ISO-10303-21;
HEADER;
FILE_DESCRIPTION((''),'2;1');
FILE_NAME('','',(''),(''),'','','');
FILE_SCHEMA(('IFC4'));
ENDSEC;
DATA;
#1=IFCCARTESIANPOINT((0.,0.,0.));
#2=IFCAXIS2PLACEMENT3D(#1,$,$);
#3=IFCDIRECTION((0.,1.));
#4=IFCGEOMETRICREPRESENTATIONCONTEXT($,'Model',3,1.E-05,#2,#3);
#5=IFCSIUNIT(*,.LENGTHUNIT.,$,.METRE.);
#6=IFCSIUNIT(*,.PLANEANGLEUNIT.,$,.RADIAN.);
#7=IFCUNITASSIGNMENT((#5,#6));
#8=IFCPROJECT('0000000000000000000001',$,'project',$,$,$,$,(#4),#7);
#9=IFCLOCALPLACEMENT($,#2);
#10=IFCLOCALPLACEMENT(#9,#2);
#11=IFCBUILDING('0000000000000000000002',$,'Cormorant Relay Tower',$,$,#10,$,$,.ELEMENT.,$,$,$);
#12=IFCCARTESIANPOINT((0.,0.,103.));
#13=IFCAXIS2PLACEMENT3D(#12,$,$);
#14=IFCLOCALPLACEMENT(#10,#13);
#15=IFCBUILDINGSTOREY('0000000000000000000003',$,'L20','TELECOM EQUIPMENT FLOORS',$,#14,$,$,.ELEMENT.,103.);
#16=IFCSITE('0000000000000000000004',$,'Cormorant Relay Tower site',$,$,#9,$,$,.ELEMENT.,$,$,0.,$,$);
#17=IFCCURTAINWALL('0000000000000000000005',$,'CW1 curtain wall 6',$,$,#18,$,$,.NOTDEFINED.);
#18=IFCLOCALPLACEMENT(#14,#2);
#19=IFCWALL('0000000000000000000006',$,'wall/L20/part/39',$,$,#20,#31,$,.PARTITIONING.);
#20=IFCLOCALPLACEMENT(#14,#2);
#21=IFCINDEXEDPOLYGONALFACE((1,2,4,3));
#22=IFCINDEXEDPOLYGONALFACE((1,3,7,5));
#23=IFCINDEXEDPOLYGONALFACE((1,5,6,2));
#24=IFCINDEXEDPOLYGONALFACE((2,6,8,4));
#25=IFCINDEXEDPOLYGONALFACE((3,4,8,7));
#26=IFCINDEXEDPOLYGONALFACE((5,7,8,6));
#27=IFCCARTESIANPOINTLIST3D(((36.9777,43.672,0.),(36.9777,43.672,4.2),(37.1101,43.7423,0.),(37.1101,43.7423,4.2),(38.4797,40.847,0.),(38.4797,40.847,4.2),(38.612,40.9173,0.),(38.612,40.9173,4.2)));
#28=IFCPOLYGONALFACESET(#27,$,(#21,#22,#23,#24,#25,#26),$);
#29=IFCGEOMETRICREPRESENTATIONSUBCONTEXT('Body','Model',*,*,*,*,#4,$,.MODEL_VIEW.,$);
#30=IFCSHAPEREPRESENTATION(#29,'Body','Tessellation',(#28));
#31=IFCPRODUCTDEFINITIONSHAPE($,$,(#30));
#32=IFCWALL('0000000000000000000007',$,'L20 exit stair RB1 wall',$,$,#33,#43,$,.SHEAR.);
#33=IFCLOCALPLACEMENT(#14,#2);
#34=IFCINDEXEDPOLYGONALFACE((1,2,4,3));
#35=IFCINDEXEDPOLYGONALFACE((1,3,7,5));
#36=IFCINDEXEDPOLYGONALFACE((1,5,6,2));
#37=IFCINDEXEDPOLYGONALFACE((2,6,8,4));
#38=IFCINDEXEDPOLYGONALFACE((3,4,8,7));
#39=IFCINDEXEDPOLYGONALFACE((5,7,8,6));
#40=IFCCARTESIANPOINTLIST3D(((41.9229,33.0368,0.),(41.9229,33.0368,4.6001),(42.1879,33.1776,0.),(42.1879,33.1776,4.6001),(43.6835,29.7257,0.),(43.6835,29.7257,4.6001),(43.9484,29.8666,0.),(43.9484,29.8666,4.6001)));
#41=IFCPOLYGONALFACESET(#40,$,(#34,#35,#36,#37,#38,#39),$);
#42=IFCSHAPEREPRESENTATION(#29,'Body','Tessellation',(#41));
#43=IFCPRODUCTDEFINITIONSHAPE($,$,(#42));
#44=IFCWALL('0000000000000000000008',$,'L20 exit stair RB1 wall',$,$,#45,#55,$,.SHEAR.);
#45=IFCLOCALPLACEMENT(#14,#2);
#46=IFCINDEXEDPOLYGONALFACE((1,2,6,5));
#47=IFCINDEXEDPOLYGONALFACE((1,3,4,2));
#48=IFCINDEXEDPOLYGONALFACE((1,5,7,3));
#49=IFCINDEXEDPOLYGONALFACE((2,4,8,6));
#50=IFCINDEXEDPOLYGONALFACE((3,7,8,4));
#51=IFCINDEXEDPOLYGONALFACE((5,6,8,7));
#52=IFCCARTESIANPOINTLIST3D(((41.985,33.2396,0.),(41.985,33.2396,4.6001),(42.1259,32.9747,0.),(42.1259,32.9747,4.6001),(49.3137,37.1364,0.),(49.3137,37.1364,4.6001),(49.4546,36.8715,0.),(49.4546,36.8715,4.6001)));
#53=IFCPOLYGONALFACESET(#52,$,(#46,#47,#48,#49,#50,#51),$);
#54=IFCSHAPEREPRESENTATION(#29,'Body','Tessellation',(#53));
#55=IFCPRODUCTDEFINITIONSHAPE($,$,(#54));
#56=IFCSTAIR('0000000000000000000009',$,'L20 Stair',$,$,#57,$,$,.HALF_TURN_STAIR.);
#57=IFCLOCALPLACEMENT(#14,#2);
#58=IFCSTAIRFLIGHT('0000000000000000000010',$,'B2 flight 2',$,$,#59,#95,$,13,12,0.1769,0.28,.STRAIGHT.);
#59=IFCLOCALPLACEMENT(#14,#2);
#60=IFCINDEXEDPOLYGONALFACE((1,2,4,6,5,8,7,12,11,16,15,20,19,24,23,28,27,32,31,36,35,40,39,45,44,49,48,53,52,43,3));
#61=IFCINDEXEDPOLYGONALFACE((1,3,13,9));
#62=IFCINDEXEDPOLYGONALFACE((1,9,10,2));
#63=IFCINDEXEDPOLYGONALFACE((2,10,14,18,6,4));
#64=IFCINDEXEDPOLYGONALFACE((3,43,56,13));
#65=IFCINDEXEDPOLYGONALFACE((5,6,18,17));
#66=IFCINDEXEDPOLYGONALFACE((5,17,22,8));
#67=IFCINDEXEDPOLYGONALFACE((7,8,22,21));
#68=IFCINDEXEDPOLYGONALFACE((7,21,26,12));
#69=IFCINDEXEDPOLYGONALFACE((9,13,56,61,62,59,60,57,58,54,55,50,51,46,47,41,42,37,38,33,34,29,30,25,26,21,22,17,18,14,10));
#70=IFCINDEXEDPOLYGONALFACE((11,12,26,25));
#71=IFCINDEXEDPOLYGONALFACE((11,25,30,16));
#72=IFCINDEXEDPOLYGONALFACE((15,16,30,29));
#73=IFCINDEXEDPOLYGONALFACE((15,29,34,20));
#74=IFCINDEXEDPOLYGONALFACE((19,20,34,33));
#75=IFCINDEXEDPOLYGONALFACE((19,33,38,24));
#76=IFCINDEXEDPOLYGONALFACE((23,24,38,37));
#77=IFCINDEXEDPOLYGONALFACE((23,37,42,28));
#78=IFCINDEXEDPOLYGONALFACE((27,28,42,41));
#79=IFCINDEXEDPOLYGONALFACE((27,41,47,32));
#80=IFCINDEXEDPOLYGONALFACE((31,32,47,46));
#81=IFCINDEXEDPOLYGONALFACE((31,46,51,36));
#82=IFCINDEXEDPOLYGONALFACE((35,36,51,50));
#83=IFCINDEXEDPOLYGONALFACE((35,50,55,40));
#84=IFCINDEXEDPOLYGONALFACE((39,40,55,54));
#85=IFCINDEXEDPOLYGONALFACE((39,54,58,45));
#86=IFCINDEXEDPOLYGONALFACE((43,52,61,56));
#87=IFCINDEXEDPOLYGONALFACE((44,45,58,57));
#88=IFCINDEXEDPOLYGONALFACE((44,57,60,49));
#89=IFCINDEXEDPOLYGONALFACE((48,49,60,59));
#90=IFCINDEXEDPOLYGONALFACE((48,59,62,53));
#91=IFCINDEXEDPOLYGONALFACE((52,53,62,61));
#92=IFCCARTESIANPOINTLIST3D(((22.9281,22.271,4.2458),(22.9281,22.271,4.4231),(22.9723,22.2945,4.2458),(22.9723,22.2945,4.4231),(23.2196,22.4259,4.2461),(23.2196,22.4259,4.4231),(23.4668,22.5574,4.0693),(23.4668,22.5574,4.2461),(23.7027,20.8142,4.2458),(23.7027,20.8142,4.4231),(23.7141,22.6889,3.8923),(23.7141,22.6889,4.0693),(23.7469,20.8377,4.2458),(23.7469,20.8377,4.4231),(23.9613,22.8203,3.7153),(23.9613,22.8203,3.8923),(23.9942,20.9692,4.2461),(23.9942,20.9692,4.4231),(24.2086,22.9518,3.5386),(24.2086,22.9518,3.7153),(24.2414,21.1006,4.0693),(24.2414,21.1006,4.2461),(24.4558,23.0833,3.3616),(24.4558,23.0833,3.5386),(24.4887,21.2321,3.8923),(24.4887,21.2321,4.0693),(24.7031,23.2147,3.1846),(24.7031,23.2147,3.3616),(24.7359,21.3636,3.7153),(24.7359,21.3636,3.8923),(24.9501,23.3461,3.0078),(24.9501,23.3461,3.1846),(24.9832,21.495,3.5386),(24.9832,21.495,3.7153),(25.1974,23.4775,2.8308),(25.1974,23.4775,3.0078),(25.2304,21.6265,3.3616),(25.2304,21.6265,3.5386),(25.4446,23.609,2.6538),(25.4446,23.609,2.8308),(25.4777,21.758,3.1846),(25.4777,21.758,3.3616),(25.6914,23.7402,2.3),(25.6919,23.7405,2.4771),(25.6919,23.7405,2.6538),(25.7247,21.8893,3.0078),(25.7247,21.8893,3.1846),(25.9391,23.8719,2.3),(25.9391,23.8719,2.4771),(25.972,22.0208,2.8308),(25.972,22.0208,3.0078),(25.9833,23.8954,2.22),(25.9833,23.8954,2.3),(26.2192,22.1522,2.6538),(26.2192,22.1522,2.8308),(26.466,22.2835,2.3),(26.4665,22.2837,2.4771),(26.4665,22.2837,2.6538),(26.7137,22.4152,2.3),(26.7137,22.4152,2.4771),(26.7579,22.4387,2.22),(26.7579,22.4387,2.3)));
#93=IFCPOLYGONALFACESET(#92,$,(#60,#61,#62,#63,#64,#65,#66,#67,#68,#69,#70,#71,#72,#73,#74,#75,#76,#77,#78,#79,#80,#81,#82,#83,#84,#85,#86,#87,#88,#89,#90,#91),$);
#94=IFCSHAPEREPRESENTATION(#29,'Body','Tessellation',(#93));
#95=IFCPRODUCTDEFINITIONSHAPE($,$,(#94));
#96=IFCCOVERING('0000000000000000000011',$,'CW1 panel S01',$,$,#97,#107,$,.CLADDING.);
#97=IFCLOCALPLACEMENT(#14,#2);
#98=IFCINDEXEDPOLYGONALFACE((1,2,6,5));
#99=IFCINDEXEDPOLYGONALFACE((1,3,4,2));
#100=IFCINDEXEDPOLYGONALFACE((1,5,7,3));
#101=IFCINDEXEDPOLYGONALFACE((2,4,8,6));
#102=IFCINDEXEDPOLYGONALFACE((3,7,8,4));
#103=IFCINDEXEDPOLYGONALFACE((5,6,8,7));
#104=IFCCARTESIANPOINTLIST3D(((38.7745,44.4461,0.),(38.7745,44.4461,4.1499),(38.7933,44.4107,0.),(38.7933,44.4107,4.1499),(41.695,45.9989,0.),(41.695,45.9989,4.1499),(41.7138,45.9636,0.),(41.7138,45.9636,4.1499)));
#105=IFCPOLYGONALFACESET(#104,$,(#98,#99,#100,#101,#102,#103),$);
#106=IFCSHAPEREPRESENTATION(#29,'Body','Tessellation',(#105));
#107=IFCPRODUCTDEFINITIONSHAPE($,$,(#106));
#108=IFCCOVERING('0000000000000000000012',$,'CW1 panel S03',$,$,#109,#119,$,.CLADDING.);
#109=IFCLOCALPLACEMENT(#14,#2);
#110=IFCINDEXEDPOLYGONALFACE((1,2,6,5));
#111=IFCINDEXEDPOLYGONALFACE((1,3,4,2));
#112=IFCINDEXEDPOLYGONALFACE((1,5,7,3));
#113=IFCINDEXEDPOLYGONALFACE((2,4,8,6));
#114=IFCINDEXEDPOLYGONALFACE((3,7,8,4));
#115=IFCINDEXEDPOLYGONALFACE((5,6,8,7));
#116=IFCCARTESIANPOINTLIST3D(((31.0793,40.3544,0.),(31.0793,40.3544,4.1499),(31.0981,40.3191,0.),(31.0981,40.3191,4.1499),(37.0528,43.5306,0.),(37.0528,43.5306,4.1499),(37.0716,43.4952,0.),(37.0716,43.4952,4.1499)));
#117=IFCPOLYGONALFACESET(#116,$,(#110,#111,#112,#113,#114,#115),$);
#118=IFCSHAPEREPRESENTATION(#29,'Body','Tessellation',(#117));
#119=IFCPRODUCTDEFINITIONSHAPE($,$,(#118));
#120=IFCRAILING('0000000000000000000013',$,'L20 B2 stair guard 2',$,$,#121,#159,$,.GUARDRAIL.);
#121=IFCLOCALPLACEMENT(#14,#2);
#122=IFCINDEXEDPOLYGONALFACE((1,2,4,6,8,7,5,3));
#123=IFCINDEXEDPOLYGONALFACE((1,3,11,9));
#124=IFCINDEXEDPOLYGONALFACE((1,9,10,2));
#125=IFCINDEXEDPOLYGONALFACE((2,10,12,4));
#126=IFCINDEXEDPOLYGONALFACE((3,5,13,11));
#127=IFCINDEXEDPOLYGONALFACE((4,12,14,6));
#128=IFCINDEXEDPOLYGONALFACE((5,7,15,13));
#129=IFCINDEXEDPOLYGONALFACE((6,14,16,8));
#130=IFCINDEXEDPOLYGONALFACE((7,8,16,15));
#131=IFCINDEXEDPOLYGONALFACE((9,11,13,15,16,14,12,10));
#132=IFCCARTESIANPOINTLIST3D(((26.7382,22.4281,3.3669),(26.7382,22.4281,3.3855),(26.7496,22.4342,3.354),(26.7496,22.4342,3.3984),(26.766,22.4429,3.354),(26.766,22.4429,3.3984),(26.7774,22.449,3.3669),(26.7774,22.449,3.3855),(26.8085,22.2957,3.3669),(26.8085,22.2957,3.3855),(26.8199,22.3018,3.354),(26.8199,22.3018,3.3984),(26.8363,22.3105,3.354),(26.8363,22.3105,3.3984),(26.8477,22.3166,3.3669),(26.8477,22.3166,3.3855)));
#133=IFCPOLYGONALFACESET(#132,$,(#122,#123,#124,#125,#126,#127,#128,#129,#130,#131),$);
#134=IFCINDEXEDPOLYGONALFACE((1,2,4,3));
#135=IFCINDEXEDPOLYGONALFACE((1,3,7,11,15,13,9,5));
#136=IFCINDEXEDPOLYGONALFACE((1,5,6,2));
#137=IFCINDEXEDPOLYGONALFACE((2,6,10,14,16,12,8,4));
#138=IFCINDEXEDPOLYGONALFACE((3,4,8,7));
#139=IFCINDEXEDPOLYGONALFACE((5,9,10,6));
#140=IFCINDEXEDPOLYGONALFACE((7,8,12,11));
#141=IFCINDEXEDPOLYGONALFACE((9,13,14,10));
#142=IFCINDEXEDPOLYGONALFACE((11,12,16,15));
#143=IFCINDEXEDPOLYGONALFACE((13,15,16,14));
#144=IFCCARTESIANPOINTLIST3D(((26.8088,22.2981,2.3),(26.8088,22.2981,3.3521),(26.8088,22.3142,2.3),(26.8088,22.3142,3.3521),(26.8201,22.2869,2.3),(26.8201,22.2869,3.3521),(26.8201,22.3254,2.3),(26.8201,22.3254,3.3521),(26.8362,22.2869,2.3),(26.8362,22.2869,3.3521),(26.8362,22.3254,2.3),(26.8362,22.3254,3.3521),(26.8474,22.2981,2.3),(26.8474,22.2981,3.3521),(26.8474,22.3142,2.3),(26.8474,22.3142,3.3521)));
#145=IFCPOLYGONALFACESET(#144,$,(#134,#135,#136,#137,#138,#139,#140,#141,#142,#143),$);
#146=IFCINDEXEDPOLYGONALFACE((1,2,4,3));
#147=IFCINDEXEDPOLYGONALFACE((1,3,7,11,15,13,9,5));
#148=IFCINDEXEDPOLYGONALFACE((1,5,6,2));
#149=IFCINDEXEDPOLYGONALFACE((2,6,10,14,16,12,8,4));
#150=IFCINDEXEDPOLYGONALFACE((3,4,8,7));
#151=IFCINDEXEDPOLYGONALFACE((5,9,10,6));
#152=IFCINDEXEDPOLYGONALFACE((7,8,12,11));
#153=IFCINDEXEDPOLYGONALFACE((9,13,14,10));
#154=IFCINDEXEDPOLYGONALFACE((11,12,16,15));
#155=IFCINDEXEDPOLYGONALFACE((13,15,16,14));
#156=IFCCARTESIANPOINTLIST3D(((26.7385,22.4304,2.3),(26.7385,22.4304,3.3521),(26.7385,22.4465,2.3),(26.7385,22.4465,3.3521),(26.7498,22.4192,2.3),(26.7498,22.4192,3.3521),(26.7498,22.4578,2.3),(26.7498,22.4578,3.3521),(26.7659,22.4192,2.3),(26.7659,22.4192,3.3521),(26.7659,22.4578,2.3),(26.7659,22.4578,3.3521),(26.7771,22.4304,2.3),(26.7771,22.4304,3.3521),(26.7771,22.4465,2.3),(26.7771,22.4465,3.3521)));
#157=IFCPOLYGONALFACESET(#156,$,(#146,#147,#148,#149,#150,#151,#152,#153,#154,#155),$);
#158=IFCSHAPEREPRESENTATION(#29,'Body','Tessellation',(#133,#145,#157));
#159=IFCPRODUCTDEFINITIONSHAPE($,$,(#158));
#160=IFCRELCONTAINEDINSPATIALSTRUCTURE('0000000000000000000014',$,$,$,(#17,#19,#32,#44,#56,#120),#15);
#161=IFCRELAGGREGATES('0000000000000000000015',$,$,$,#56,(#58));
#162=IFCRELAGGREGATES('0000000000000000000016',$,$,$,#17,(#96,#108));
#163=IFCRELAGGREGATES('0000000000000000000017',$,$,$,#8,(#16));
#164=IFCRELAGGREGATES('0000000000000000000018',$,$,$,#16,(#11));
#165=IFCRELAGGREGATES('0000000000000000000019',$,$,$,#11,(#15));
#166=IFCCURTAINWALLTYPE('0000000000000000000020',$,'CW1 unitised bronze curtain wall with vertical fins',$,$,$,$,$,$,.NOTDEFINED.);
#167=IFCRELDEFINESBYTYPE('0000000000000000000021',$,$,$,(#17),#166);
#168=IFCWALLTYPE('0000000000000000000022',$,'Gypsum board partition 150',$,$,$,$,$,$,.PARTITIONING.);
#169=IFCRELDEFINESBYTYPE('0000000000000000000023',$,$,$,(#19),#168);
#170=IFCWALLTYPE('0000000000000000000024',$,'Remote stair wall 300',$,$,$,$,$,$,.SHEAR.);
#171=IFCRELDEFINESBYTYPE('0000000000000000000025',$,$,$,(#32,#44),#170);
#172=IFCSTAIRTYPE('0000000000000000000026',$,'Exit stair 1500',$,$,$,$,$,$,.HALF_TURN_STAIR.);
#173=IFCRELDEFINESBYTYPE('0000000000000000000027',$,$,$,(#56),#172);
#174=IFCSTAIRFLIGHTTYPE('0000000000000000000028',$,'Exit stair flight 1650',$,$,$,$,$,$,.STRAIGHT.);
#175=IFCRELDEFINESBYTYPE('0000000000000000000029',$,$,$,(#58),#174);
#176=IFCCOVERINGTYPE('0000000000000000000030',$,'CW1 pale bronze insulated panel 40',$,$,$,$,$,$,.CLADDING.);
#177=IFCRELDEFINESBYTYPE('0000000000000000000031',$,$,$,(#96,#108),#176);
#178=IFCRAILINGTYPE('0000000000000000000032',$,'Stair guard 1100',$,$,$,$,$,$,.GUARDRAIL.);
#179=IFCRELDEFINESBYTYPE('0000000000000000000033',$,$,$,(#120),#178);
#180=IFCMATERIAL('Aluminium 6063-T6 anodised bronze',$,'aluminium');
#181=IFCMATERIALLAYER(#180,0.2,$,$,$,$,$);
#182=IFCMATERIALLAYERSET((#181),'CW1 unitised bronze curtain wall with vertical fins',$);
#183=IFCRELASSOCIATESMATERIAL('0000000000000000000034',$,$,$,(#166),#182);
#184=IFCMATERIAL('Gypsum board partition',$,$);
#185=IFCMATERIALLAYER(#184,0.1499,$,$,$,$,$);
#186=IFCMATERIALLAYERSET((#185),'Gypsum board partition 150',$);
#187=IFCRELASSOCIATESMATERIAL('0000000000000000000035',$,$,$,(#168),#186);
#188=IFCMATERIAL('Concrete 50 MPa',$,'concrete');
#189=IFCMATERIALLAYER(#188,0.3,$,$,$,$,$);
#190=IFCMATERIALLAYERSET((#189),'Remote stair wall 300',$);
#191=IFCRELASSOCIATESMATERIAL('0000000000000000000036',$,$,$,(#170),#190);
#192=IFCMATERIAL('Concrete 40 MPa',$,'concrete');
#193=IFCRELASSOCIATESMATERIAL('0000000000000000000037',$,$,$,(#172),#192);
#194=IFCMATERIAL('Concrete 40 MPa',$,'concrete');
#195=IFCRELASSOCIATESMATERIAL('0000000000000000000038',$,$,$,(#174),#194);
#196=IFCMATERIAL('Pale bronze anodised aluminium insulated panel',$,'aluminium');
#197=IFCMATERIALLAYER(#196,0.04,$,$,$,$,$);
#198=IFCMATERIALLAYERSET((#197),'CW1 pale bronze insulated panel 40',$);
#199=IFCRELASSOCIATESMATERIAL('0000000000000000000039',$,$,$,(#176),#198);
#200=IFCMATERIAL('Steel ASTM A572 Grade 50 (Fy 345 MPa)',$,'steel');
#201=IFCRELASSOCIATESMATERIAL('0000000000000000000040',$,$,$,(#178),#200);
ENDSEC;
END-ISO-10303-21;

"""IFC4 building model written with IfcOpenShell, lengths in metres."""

from ifc_helpers import new_model, si_unit, direction, frame, frame_2d, origin, origin_2d, place, context, subcontext, project, spatial, polyline, rectangle, outline, extrude, material, layer, layer_set, type_object, element, aggregate, save


model = new_model("IFC4")

# Units and contexts
model_context = context("Model", 3, precision=1e-05, world=origin(), true_north=direction((0.0, 1.0)))
body_context = subcontext(model_context, "Body", "Model", "MODEL_VIEW")
ifc_project = project(units=[si_unit("LENGTHUNIT", "METRE"), si_unit("PLANEANGLEUNIT", "RADIAN")], contexts=[model_context])

# Site, building, storey
site_placement = place(None, origin())
site = spatial("IfcSite", under=ifc_project, at=site_placement, Name="Cormorant Relay Tower site", CompositionType="ELEMENT", RefElevation=0.0)
building_placement = place(site_placement, origin())
building = spatial("IfcBuilding", under=site, at=building_placement, Name="Cormorant Relay Tower", CompositionType="ELEMENT")
storey_placement = place(building_placement, frame((0.0, 0.0, 103.0)))
storey = spatial("IfcBuildingStorey", under=building, at=storey_placement, Name="L20", Description="TELECOM EQUIPMENT FLOORS", CompositionType="ELEMENT", Elevation=103.0)

# Curtain wall
ifc_material_1 = material(Name="Aluminium 6063-T6 anodised bronze", Category="aluminium")
ifc_layer_1 = layer(ifc_material_1, 0.2)
ifc_layer_set_1 = layer_set([ifc_layer_1], Name="CW1 unitised bronze curtain wall with vertical fins")
curtain_wall_type = type_object("IfcCurtainWallType", Name="CW1 unitised bronze curtain wall with vertical fins", PredefinedType="NOTDEFINED", material=ifc_layer_set_1)
curtain_wall_placement = place(storey_placement, origin())
curtain_wall = element("IfcCurtainWall", 1, at=curtain_wall_placement, inside=storey, type_object=curtain_wall_type, Name="CW1 curtain wall 6", PredefinedType="NOTDEFINED")

# Walls
ifc_material_2 = material(Name="Gypsum board partition")
ifc_layer_2 = layer(ifc_material_2, 0.1499)
ifc_layer_set_2 = layer_set([ifc_layer_2], Name="Gypsum board partition 150")
wall_type_1 = type_object("IfcWallType", Name="Gypsum board partition 150", PredefinedType="PARTITIONING", material=ifc_layer_set_2)
wall_1_placement = place(storey_placement, frame((37.0439, 43.707, 0.0), z_axis=(0.0, 0.0, 1.0), x_axis=(0.469447, -0.882961, 0.0)))
element("IfcWall", 2, at=wall_1_placement, inside=storey, type_object=wall_type_1, Name="wall/L20/part/39", PredefinedType="PARTITIONING", context=body_context, shape_type="SweptSolid", body=[
    extrude(rectangle(XDim=3.1995, YDim=0.1499, at=frame_2d((1.5996, 0.0))), origin(), (0.0, 0.0, 1.0), 4.2),
])
ifc_material_3 = material(Name="Concrete 50 MPa", Category="concrete")
ifc_layer_3 = layer(ifc_material_3, 0.3)
ifc_layer_set_3 = layer_set([ifc_layer_3], Name="Remote stair wall 300")
wall_type_2 = type_object("IfcWallType", Name="Remote stair wall 300", PredefinedType="SHEAR", material=ifc_layer_set_3)
wall_2_placement = place(storey_placement, frame((43.8159, 29.7961, 0.0), z_axis=(0.0, 0.0, 1.0), x_axis=(-0.469469, 0.882949, 0.0)))
element("IfcWall", 3, at=wall_2_placement, inside=storey, type_object=wall_type_2, Name="L20 exit stair RB1 wall", PredefinedType="SHEAR", context=body_context, shape_type="SweptSolid", body=[
    extrude(rectangle(XDim=3.75, YDim=0.3, at=frame_2d((1.875, 0.0))), origin(), (0.0, 0.0, 1.0), 4.6001),
])
wall_3_placement = place(storey_placement, frame((42.0554, 33.1072, 0.0), z_axis=(0.0, 0.0, 1.0), x_axis=(0.882946, 0.469475, 0.0)))
element("IfcWall", 4, at=wall_3_placement, inside=storey, type_object=wall_type_2, Name="L20 exit stair RB1 wall", PredefinedType="SHEAR", context=body_context, shape_type="SweptSolid", body=[
    extrude(rectangle(XDim=8.3003, YDim=0.3, at=frame_2d((4.1501, 0.0))), origin(), (0.0, 0.0, 1.0), 4.6001),
])

# Stair, stair flight
ifc_material_4 = material(Name="Concrete 40 MPa", Category="concrete")
stair_type = type_object("IfcStairType", Name="Exit stair 1500", PredefinedType="HALF_TURN_STAIR", material=ifc_material_4)
stair_placement = place(storey_placement, origin())
stair = element("IfcStair", 5, at=stair_placement, inside=storey, type_object=stair_type, Name="L20 Stair", PredefinedType="HALF_TURN_STAIR")
ifc_material_5 = material(Name="Concrete 40 MPa", Category="concrete")
stair_flight_type = type_object("IfcStairFlightType", Name="Exit stair flight 1650", PredefinedType="STRAIGHT", material=ifc_material_5)
stair_flight_placement = place(storey_placement, frame((26.3264, 23.1436, 2.3), z_axis=(0.0, 0.0, 1.0), x_axis=(-0.882948, -0.469472, 0.0)))
stair_flight = element("IfcStairFlight", 6, at=stair_flight_placement, type_object=stair_flight_type, Name="B2 flight 2", NumberOfRisers=13, NumberOfTreads=12, PredefinedType="STRAIGHT", RiserHeight=0.1769, TreadLength=0.28, context=body_context, shape_type="SweptSolid", body=[
    extrude(outline(polyline([(-0.05, -0.0801), (-0.05, 0.0), (0.0, 0.0), (0.0, 0.177), (0.28, 0.177), (0.28, 0.3538), (0.5601, 0.3538), (0.5601, 0.5308), (0.8401, 0.5308), (0.8401, 0.7078), (1.1201, 0.7078), (1.1201, 0.8845), (1.3999, 0.8845), (1.3999, 1.0615), (1.6799, 1.0615), (1.6799, 1.2385), (1.96, 1.2385), (1.96, 1.4153), (2.24, 1.4153), (2.24, 1.5923), (2.52, 1.5923), (2.52, 1.7693), (2.8, 1.7693), (2.8, 1.946), (3.0801, 1.946), (3.0801, 2.123), (3.3601, 2.123), (3.4102, 2.123), (3.4102, 1.9458), (3.3601, 1.9458), (0.2805, 0.0), (-0.05, -0.0801)])), frame((0.0, 0.825, 0.0), z_axis=(0.0, -1.0, 0.0), x_axis=(1.0, 0.0, 0.0)), (0.0, 0.0, 1.0), 1.6499),
])
aggregate(stair, [stair_flight])

# Coverings
ifc_material_6 = material(Name="Pale bronze anodised aluminium insulated panel", Category="aluminium")
ifc_layer_4 = layer(ifc_material_6, 0.04)
ifc_layer_set_4 = layer_set([ifc_layer_4], Name="CW1 pale bronze insulated panel 40")
covering_type = type_object("IfcCoveringType", Name="CW1 pale bronze insulated panel 40", PredefinedType="CLADDING", material=ifc_layer_set_4)
covering_1_placement = place(storey_placement, frame((40.2441, 45.2048, 0.0), z_axis=(0.0, 0.0, 1.0), x_axis=(-0.882948, -0.469472, 0.0)))
covering_1 = element("IfcCovering", 7, at=covering_1_placement, type_object=covering_type, Name="CW1 panel S01", PredefinedType="CLADDING", context=body_context, shape_type="SweptSolid", body=[
    extrude(rectangle(XDim=3.3076, YDim=0.04, at=origin_2d()), origin(), (0.0, 0.0, 1.0), 4.1499),
])
covering_2_placement = place(storey_placement, frame((34.0754, 41.9248, 0.0), z_axis=(0.0, 0.0, 1.0), x_axis=(-0.882948, -0.469472, 0.0)))
covering_2 = element("IfcCovering", 8, at=covering_2_placement, type_object=covering_type, Name="CW1 panel S03", PredefinedType="CLADDING", context=body_context, shape_type="SweptSolid", body=[
    extrude(rectangle(XDim=6.7654, YDim=0.04, at=origin_2d()), origin(), (0.0, 0.0, 1.0), 4.1499),
])
aggregate(curtain_wall, [covering_1, covering_2])

# Railing
ifc_material_7 = material(Name="Steel ASTM A572 Grade 50 (Fy 345 MPa)", Category="steel")
railing_type = type_object("IfcRailingType", Name="Stair guard 1100", PredefinedType="GUARDRAIL", material=ifc_material_7)
railing_1_placement = place(storey_placement, frame((26.8281, 22.3062, 2.3)))
element("IfcRailing", 9, at=railing_1_placement, inside=storey, type_object=railing_type, Name="L20 B2 stair guard 2", PredefinedType="GUARDRAIL", context=body_context, shape_type="SweptSolid", body=[
    extrude(outline(polyline([(0.0222, 0.0093), (0.0093, 0.0222), (-0.0093, 0.0222), (-0.0222, 0.0093), (-0.0222, -0.0093), (-0.0093, -0.0222), (0.0093, -0.0222), (0.0222, -0.0093), (0.0222, 0.0093)])), frame((0.0, 0.0, 1.0762), z_axis=(-0.469235, 0.883074, 0.0), x_axis=(-0.883074, -0.469235, 0.0)), (0.0, 0.0, 1.0), 0.1499),
    extrude(outline(polyline([(0.0193, 0.0081), (0.0081, 0.0193), (-0.0081, 0.0193), (-0.0193, 0.0081), (-0.0193, -0.0081), (-0.0081, -0.0193), (0.0081, -0.0193), (0.0193, -0.0081), (0.0193, 0.0081)])), origin(), (0.0, 0.0, 1.0), 1.052),
    extrude(outline(polyline([(0.0193, 0.0081), (0.0081, 0.0193), (-0.0081, 0.0193), (-0.0193, 0.0081), (-0.0193, -0.0081), (-0.0081, -0.0193), (0.0081, -0.0193), (0.0193, -0.0081), (0.0193, 0.0081)])), frame((-0.0703, 0.1323, 0.0)), (0.0, 0.0, 1.0), 1.052),
])

save(model, "model.ifc")
